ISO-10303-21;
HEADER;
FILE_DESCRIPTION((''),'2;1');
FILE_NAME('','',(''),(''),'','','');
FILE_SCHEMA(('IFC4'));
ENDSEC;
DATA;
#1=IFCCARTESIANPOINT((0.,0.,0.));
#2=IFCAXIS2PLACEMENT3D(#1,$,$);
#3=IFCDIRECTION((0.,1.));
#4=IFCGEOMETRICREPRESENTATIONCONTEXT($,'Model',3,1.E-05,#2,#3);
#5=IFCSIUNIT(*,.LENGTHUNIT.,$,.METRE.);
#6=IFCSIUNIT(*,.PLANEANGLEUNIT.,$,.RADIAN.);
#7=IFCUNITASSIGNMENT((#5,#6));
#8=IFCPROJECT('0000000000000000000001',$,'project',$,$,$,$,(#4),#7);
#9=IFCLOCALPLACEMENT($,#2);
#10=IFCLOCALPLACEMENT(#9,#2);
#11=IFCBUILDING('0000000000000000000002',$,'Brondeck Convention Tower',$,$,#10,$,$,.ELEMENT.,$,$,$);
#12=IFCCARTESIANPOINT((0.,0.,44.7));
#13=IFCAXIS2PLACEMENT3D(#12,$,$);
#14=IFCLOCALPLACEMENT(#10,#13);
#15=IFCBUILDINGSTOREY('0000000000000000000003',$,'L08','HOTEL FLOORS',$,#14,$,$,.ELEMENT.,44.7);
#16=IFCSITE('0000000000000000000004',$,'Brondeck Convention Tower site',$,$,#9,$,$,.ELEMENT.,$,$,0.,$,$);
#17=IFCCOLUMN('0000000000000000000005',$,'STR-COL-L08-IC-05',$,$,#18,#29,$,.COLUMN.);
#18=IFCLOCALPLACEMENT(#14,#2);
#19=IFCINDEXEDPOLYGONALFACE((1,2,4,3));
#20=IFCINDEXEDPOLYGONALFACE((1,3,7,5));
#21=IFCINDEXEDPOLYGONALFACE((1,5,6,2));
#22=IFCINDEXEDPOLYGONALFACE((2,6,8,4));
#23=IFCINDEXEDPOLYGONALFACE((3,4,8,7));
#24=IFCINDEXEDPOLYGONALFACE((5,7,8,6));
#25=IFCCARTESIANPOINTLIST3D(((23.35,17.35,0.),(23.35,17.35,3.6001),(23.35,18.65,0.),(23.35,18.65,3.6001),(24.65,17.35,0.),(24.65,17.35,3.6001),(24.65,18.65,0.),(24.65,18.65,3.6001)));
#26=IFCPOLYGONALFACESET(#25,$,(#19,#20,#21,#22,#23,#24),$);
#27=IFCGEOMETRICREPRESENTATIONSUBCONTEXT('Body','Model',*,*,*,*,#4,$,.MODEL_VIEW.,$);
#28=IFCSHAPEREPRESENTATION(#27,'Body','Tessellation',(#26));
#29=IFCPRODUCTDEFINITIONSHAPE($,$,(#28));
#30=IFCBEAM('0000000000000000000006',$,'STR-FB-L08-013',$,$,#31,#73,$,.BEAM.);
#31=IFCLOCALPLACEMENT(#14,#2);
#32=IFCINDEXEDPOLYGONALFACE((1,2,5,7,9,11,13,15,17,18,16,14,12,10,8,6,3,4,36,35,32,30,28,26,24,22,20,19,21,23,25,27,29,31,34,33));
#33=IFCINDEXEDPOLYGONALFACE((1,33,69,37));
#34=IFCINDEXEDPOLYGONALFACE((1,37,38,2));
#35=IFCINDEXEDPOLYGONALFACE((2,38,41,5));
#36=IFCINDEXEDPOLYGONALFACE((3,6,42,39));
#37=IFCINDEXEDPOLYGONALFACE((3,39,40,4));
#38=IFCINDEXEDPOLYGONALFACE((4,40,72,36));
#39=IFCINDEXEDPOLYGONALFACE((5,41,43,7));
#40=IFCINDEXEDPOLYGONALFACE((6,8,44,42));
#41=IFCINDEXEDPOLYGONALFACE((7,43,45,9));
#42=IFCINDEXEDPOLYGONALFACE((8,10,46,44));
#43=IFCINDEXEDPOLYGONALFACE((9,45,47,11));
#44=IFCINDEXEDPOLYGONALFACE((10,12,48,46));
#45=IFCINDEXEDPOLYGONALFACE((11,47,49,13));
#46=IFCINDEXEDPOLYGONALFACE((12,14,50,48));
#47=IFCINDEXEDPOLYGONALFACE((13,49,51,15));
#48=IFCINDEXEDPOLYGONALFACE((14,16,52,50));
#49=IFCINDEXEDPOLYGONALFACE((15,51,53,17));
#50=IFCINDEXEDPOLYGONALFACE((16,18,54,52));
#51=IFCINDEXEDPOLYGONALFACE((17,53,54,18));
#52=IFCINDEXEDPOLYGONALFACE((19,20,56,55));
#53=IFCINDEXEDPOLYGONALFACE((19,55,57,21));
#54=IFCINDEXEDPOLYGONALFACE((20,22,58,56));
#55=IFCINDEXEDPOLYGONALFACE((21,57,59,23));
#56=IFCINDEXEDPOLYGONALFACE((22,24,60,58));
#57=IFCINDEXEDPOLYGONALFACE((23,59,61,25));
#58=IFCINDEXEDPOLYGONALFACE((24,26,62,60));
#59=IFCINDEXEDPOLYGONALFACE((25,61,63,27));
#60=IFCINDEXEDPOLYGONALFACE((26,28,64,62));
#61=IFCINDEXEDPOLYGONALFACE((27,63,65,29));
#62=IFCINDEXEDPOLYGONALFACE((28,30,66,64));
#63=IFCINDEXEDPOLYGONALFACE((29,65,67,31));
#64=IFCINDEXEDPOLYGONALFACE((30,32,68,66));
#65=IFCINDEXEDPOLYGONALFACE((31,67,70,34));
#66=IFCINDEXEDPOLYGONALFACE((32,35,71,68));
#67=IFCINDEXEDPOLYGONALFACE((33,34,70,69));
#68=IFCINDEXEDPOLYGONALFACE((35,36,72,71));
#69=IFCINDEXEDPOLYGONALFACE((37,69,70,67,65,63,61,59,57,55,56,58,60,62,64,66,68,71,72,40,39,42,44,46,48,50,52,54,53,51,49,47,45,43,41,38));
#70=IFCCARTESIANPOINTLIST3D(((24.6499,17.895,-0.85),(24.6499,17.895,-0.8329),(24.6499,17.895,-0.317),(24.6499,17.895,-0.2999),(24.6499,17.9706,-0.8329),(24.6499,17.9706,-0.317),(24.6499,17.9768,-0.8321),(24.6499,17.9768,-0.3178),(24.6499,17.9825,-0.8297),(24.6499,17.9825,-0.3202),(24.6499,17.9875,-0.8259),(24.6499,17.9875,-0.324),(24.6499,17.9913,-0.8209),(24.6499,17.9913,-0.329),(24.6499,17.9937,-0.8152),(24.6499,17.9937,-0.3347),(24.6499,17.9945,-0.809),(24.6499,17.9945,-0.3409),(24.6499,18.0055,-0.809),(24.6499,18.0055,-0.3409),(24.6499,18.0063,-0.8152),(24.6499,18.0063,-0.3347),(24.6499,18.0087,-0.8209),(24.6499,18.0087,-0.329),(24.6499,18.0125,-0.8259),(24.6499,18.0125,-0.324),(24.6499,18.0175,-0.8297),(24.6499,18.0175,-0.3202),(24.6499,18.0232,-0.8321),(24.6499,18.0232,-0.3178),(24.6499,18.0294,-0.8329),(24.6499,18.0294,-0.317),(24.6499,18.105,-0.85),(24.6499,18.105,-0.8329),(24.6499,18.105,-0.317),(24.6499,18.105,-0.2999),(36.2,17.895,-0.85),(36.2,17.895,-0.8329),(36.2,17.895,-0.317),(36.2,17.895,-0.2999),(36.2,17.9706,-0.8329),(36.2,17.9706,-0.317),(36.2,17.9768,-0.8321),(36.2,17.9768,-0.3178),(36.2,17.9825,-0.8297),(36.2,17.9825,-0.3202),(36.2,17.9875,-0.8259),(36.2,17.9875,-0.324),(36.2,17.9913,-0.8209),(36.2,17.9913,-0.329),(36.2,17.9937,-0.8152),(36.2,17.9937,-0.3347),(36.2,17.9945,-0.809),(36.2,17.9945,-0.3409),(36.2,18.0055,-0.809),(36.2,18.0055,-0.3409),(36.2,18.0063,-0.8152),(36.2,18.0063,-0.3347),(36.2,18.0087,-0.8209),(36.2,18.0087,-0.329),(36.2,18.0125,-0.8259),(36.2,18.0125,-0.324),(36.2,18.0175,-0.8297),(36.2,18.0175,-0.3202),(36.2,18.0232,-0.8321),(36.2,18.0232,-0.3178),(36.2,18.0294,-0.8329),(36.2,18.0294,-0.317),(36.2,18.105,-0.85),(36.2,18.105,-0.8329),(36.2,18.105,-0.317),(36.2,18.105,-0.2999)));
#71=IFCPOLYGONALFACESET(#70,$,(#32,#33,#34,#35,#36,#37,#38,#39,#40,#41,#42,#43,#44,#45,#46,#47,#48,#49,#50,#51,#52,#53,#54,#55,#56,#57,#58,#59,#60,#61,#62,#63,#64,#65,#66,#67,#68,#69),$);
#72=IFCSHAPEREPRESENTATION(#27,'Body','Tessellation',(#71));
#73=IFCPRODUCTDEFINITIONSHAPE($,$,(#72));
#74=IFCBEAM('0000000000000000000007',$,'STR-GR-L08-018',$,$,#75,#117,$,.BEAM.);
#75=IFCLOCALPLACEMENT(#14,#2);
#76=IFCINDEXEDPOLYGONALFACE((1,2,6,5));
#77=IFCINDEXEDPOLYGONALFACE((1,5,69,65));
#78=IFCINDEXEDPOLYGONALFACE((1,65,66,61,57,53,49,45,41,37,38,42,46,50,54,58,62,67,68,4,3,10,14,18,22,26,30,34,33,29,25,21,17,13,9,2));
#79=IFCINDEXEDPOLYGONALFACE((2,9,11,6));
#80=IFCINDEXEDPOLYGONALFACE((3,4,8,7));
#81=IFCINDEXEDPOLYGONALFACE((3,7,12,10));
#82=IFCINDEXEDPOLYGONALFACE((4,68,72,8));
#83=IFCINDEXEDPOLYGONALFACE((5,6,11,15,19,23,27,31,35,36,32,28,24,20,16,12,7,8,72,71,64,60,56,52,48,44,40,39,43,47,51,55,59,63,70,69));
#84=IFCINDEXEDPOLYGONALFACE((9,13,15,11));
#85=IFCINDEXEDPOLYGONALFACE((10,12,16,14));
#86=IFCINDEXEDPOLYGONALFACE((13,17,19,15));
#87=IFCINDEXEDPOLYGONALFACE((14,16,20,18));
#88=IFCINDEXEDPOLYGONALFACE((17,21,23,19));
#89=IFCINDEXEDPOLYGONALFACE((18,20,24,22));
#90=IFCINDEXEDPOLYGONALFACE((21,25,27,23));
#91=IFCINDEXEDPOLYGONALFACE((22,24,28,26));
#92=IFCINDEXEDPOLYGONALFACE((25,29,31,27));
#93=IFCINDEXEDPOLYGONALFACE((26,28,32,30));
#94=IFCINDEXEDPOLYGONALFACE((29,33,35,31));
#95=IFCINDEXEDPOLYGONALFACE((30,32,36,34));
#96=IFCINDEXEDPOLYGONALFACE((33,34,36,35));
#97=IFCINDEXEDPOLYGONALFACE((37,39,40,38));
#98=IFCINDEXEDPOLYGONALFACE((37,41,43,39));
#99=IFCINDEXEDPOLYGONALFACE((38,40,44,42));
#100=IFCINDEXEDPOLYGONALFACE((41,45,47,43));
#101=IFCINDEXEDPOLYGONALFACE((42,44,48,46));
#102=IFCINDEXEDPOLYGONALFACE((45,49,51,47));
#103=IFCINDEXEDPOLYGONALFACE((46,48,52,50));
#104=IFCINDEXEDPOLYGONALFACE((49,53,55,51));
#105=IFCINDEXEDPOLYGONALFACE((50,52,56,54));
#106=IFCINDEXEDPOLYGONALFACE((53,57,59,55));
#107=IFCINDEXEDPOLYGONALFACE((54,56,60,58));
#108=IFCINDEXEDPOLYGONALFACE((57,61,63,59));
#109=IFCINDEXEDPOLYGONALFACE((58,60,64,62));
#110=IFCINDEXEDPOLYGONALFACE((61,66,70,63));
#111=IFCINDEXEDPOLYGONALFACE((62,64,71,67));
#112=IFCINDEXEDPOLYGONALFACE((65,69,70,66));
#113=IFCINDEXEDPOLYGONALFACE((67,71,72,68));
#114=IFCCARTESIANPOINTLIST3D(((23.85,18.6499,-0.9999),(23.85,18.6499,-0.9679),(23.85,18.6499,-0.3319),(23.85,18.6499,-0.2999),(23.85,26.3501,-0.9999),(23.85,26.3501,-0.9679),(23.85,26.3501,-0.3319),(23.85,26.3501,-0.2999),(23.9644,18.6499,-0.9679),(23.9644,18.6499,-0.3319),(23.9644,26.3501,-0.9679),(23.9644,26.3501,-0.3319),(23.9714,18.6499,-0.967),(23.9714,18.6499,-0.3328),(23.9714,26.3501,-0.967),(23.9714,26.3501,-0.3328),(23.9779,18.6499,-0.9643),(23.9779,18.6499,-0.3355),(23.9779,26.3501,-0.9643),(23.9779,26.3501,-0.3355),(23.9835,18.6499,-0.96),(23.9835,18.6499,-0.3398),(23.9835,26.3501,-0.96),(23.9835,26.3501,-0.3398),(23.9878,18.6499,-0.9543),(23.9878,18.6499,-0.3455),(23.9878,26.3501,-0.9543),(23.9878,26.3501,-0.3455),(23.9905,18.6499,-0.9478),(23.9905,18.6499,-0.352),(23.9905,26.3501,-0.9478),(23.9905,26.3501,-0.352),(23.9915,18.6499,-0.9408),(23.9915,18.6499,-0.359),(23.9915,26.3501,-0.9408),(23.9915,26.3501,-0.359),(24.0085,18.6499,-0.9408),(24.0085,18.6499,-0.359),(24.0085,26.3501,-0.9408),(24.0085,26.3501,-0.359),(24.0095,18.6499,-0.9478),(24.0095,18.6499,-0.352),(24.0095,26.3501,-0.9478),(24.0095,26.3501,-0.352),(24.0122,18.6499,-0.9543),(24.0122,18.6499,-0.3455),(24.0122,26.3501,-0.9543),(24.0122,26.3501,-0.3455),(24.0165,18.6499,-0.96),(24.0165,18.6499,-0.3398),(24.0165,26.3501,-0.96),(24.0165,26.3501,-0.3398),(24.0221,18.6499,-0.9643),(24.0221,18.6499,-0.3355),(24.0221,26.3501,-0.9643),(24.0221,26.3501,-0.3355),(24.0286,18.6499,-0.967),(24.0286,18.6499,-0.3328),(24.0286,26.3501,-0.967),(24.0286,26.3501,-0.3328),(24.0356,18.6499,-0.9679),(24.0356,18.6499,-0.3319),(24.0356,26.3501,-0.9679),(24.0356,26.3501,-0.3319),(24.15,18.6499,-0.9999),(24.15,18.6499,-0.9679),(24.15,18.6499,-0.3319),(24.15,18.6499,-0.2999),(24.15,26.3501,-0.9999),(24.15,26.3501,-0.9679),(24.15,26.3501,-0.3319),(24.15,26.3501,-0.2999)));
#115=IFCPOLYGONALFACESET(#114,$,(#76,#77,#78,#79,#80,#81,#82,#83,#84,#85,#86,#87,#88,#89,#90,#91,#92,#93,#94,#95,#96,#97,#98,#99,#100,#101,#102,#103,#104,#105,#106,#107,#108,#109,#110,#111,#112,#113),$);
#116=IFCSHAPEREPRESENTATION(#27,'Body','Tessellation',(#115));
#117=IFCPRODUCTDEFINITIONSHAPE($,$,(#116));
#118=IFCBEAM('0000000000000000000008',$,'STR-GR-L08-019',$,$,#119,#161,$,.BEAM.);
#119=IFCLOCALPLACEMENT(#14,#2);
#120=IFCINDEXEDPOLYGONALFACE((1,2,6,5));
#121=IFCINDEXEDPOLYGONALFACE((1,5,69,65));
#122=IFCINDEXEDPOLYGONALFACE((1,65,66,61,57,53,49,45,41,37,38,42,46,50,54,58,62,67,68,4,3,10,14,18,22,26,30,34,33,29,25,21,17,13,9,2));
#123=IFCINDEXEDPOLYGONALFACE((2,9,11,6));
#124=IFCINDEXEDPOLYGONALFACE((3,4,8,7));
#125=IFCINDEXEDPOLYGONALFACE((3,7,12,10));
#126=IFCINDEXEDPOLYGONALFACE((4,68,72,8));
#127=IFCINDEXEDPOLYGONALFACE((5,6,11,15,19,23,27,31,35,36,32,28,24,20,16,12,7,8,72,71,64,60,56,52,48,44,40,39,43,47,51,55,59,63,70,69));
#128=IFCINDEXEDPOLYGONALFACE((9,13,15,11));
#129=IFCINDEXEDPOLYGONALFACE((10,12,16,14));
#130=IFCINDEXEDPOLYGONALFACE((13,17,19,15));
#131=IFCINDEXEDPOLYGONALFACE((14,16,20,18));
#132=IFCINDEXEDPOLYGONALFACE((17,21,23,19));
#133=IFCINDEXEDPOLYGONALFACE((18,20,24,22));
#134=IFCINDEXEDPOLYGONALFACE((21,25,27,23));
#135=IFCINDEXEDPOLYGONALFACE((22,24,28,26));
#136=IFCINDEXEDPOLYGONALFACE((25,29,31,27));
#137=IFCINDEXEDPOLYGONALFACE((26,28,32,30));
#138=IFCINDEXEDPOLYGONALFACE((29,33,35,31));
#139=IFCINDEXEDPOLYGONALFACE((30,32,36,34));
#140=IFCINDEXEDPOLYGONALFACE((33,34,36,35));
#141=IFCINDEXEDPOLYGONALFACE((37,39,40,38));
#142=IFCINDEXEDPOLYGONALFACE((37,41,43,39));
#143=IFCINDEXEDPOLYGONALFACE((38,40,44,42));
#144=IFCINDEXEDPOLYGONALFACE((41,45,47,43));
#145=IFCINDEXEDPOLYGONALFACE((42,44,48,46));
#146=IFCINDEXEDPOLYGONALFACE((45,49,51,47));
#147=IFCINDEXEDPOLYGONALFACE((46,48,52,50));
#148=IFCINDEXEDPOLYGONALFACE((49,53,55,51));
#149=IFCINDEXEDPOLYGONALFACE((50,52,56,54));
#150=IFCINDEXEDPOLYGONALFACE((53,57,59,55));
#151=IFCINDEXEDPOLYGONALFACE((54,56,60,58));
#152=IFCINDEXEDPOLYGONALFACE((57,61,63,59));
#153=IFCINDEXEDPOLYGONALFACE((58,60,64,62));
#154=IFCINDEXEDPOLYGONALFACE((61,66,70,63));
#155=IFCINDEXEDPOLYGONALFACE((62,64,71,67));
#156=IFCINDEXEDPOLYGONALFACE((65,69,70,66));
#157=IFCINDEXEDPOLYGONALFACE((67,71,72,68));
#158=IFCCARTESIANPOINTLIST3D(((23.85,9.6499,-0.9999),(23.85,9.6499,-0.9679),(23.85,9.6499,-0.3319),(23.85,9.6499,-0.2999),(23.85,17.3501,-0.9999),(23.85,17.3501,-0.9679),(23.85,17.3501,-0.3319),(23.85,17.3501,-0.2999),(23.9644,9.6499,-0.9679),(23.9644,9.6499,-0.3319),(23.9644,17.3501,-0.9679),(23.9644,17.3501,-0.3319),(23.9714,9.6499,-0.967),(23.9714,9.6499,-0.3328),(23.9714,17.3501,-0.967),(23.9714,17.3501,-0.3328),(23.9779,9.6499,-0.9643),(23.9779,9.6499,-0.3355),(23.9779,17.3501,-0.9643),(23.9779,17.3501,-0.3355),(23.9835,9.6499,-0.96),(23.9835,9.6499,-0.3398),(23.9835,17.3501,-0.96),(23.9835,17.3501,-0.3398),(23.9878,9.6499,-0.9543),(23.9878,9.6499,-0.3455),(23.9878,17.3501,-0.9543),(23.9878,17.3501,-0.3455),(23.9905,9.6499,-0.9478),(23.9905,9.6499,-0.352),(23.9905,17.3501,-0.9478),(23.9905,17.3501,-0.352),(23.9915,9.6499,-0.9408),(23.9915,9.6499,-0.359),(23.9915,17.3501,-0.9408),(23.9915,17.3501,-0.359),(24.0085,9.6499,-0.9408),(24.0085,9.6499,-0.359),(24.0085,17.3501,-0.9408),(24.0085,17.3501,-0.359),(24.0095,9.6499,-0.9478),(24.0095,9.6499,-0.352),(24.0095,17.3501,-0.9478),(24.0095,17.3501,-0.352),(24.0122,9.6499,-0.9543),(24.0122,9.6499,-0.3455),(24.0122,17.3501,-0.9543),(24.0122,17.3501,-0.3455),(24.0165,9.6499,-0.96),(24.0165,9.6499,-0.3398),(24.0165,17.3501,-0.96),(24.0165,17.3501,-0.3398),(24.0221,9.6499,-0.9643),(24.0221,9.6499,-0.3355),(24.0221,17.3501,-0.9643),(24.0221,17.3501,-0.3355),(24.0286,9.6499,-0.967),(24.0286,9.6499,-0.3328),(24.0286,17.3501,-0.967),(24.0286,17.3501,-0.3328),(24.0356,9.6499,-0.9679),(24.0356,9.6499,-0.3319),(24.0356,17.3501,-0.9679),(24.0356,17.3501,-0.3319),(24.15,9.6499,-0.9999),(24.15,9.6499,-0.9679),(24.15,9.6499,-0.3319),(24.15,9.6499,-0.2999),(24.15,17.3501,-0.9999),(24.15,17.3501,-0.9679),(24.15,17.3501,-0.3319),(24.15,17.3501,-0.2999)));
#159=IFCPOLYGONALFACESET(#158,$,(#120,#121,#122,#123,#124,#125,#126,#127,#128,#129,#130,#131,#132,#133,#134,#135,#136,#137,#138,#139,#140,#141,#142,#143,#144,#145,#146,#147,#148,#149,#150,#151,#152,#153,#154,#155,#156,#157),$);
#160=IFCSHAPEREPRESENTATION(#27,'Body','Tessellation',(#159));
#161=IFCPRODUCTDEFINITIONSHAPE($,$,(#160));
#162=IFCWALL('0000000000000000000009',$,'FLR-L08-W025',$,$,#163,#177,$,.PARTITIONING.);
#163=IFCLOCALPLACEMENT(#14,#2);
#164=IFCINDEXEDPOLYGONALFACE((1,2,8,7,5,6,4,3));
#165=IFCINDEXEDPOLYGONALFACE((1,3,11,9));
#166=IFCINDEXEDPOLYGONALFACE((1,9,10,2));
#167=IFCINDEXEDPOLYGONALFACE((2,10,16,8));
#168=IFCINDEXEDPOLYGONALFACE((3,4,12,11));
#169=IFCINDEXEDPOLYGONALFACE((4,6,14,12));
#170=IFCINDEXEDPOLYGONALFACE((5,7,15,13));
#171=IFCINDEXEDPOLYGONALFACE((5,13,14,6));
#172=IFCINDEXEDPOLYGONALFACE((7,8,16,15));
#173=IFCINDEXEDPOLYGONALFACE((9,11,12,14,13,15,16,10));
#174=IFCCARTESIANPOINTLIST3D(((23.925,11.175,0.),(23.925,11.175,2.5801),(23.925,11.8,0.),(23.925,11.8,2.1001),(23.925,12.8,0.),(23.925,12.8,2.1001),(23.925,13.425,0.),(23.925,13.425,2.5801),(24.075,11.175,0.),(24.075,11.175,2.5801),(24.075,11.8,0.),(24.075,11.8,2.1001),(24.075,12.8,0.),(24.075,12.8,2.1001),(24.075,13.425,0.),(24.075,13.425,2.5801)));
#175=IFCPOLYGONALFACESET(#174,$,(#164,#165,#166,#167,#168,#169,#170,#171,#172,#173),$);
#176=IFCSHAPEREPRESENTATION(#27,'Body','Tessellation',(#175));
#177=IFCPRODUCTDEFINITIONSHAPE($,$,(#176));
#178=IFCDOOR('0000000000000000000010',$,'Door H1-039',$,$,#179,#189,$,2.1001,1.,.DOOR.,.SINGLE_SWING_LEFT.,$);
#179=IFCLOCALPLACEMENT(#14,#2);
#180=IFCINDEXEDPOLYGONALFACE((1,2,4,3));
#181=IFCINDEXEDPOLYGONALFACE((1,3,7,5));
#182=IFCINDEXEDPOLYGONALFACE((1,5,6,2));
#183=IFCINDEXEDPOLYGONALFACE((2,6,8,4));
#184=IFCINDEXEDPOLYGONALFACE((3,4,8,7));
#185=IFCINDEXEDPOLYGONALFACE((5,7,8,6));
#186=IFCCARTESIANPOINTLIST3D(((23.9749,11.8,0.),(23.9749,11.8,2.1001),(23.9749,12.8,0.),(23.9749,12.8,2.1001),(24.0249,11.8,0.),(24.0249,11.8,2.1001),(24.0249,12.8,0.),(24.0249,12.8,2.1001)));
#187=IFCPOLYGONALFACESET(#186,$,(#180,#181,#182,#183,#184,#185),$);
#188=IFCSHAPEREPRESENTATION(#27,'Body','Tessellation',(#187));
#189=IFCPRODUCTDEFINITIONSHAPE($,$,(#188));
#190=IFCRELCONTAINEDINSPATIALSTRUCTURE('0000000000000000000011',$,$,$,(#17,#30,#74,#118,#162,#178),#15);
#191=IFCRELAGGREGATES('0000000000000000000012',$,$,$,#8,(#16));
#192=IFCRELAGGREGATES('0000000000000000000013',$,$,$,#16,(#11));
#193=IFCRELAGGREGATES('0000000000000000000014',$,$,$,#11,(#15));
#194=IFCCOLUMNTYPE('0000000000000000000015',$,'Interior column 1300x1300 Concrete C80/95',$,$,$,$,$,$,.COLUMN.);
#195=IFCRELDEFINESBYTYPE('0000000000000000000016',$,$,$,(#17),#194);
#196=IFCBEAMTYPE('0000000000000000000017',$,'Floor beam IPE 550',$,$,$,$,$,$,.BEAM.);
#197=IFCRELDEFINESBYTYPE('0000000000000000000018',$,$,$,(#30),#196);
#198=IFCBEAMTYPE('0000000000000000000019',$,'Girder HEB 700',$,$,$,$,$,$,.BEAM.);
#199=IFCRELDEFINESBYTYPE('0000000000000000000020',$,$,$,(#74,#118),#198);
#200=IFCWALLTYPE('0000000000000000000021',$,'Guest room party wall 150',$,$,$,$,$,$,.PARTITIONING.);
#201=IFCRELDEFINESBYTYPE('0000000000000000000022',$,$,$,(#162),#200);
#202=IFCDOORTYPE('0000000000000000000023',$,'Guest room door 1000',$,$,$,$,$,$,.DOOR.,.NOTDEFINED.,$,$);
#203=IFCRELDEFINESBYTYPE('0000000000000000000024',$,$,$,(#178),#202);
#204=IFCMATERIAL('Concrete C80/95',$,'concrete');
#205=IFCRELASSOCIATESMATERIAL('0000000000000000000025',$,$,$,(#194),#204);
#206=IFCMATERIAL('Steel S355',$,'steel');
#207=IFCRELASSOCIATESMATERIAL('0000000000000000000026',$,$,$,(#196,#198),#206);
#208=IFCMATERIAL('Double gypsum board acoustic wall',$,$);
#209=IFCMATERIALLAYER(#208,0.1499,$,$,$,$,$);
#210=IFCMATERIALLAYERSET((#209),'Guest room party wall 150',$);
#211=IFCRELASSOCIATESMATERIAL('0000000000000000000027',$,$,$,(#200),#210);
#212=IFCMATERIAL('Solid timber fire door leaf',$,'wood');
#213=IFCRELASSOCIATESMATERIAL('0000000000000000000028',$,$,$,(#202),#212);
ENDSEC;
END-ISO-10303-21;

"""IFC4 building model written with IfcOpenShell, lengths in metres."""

from ifc_helpers import new_model, si_unit, direction, frame, frame_2d, origin, origin_2d, place, context, subcontext, project, spatial, rectangle, i_section, extrude, material, layer, layer_set, material_profile, profile_set, type_object, element, fill, save


model = new_model("IFC4")

# Units and contexts
model_context = context("Model", 3, precision=1e-05, world=origin(), true_north=direction((0.0, 1.0)))
body_context = subcontext(model_context, "Body", "Model", "MODEL_VIEW")
ifc_project = project(units=[si_unit("LENGTHUNIT", "METRE"), si_unit("PLANEANGLEUNIT", "RADIAN")], contexts=[model_context])

# Site, building, storey
site_placement = place(None, origin())
site = spatial("IfcSite", under=ifc_project, at=site_placement, Name="Brondeck Convention Tower site", CompositionType="ELEMENT", RefElevation=0.0)
building_placement = place(site_placement, origin())
building = spatial("IfcBuilding", under=site, at=building_placement, Name="Brondeck Convention Tower", CompositionType="ELEMENT")
storey_placement = place(building_placement, frame((0.0, 0.0, 44.7)))
storey = spatial("IfcBuildingStorey", under=building, at=storey_placement, Name="L08", Description="HOTEL FLOORS", CompositionType="ELEMENT", Elevation=44.7)

# Column
ifc_material_1 = material(Name="Concrete C80/95", Category="concrete")
ifc_material_profile_1 = material_profile(ifc_material_1, rectangle(XDim=1.3, YDim=1.3, at=origin_2d()), Name="Interior column 1300x1300 Concrete C80/95")
ifc_profile_set_1 = profile_set([ifc_material_profile_1], Name="Concrete C80/95")
column_type = type_object("IfcColumnType", Name="Interior column 1300x1300 Concrete C80/95", PredefinedType="COLUMN", material=ifc_profile_set_1)
column_placement = place(storey_placement, frame((24.0, 18.0, 0.0), z_axis=(0.0, 0.0, 1.0), x_axis=(1.0, 0.0, 0.0)))
element("IfcColumn", 1, at=column_placement, inside=storey, type_object=column_type, Name="STR-COL-L08-IC-05", PredefinedType="COLUMN", context=body_context, shape_type="SweptSolid", body=[
    extrude(rectangle(XDim=1.3, YDim=1.3, at=origin_2d()), origin(), (0.0, 0.0, 1.0), 3.6001),
])

# Beams
ifc_material_2 = material(Name="Steel S355", Category="steel")
ifc_material_profile_2 = material_profile(ifc_material_2, i_section(OverallWidth=0.21, OverallDepth=0.55, WebThickness=0.011, FlangeThickness=0.0171, FilletRadius=0.0239, at=origin_2d()), Name="IPE 550")
ifc_profile_set_2 = profile_set([ifc_material_profile_2], Name="Steel S355")
beam_type_1 = type_object("IfcBeamType", Name="Floor beam IPE 550", PredefinedType="BEAM", material=ifc_profile_set_2)
beam_placement = place(storey_placement, frame((24.6499, 18.0, -0.575), z_axis=(1.0, 0.0, 0.0), x_axis=(0.0, 1.0, 0.0)))
element("IfcBeam", 2, at=beam_placement, inside=storey, type_object=beam_type_1, Name="STR-FB-L08-013", PredefinedType="BEAM", context=body_context, shape_type="SweptSolid", body=[
    extrude(i_section(OverallWidth=0.21, OverallDepth=0.55, WebThickness=0.011, FlangeThickness=0.0171, FilletRadius=0.0239, at=origin_2d()), origin(), (0.0, 0.0, 1.0), 11.55),
])
ifc_material_profile_3 = material_profile(ifc_material_2, i_section(OverallWidth=0.3, OverallDepth=0.7, WebThickness=0.0171, FlangeThickness=0.032, FilletRadius=0.0271, at=origin_2d()), Name="HEB 700")
ifc_profile_set_3 = profile_set([ifc_material_profile_3], Name="Steel S355")
beam_type_2 = type_object("IfcBeamType", Name="Girder HEB 700", PredefinedType="BEAM", material=ifc_profile_set_3)
for number, where, z_axis, x_axis, name in (
    (3, (24.0, 26.3501, -0.6499), (0.0, -1.0, 0.0), (1.0, 0.0, 0.0), "STR-GR-L08-018"),
    (4, (24.0, 17.3501, -0.6499), (0.0, -1.0, 0.0), (1.0, 0.0, 0.0), "STR-GR-L08-019"),
):
    element("IfcBeam", number, at=place(storey_placement, frame(where, z_axis=z_axis, x_axis=x_axis)), inside=storey, type_object=beam_type_2, Name=name, PredefinedType="BEAM", context=body_context, shape_type="SweptSolid", body=[
        extrude(i_section(OverallWidth=0.3, OverallDepth=0.7, WebThickness=0.0171, FlangeThickness=0.032, FilletRadius=0.0271, at=origin_2d()), origin(), (0.0, 0.0, 1.0), 7.7002),
    ])

# Wall, opening, door
ifc_material_3 = material(Name="Double gypsum board acoustic wall")
ifc_layer_1 = layer(ifc_material_3, 0.1499)
ifc_layer_set_1 = layer_set([ifc_layer_1], Name="Guest room party wall 150")
wall_type_1 = type_object("IfcWallType", Name="Guest room party wall 150", PredefinedType="PARTITIONING", material=ifc_layer_set_1)
wall_1_placement = place(storey_placement, frame((24.0, 13.425, 0.0), z_axis=(0.0, 0.0, 1.0), x_axis=(0.0, -1.0, 0.0)))
wall_1 = element("IfcWall", 5, at=wall_1_placement, inside=storey, type_object=wall_type_1, Name="FLR-L08-W025", PredefinedType="PARTITIONING", context=body_context, shape_type="SweptSolid", body=[
    extrude(rectangle(XDim=2.25, YDim=0.1499, at=frame_2d((1.125, 0.0))), origin(), (0.0, 0.0, 1.0), 2.5801),
])
opening_1_placement = place(wall_1_placement, frame((0.625, 0.0, 0.0)))
opening_1 = element("IfcOpeningElement", 6, at=opening_1_placement, cuts=wall_1, PredefinedType="OPENING", context=body_context, shape_type="SweptSolid", body=[
    extrude(rectangle(XDim=1.0, YDim=2.1001, at=frame_2d((0.5, 1.05))), frame((0.0, 0.085, 0.0), z_axis=(0.0, -1.0, 0.0), x_axis=(1.0, 0.0, 0.0)), (0.0, 0.0, 1.0), 0.1699),
])
ifc_material_4 = material(Name="Solid timber fire door leaf", Category="wood")
door_type_1 = type_object("IfcDoorType", Name="Guest room door 1000", OperationType="NOTDEFINED", PredefinedType="DOOR", material=ifc_material_4)
door_1_placement = place(opening_1_placement, origin())
door_1 = element("IfcDoor", 7, at=door_1_placement, inside=storey, type_object=door_type_1, Name="Door H1-039", OperationType="SINGLE_SWING_LEFT", OverallHeight=2.1001, OverallWidth=1.0, PredefinedType="DOOR", context=body_context, shape_type="SweptSolid", body=[
    extrude(rectangle(XDim=1.0, YDim=2.1001, at=frame_2d((0.5, 1.05))), frame((0.0, 0.0249, 0.0), z_axis=(0.0, -1.0, 0.0), x_axis=(1.0, 0.0, 0.0)), (0.0, 0.0, 1.0), 0.05),
])
fill(opening_1, door_1)

save(model, "model.ifc")
